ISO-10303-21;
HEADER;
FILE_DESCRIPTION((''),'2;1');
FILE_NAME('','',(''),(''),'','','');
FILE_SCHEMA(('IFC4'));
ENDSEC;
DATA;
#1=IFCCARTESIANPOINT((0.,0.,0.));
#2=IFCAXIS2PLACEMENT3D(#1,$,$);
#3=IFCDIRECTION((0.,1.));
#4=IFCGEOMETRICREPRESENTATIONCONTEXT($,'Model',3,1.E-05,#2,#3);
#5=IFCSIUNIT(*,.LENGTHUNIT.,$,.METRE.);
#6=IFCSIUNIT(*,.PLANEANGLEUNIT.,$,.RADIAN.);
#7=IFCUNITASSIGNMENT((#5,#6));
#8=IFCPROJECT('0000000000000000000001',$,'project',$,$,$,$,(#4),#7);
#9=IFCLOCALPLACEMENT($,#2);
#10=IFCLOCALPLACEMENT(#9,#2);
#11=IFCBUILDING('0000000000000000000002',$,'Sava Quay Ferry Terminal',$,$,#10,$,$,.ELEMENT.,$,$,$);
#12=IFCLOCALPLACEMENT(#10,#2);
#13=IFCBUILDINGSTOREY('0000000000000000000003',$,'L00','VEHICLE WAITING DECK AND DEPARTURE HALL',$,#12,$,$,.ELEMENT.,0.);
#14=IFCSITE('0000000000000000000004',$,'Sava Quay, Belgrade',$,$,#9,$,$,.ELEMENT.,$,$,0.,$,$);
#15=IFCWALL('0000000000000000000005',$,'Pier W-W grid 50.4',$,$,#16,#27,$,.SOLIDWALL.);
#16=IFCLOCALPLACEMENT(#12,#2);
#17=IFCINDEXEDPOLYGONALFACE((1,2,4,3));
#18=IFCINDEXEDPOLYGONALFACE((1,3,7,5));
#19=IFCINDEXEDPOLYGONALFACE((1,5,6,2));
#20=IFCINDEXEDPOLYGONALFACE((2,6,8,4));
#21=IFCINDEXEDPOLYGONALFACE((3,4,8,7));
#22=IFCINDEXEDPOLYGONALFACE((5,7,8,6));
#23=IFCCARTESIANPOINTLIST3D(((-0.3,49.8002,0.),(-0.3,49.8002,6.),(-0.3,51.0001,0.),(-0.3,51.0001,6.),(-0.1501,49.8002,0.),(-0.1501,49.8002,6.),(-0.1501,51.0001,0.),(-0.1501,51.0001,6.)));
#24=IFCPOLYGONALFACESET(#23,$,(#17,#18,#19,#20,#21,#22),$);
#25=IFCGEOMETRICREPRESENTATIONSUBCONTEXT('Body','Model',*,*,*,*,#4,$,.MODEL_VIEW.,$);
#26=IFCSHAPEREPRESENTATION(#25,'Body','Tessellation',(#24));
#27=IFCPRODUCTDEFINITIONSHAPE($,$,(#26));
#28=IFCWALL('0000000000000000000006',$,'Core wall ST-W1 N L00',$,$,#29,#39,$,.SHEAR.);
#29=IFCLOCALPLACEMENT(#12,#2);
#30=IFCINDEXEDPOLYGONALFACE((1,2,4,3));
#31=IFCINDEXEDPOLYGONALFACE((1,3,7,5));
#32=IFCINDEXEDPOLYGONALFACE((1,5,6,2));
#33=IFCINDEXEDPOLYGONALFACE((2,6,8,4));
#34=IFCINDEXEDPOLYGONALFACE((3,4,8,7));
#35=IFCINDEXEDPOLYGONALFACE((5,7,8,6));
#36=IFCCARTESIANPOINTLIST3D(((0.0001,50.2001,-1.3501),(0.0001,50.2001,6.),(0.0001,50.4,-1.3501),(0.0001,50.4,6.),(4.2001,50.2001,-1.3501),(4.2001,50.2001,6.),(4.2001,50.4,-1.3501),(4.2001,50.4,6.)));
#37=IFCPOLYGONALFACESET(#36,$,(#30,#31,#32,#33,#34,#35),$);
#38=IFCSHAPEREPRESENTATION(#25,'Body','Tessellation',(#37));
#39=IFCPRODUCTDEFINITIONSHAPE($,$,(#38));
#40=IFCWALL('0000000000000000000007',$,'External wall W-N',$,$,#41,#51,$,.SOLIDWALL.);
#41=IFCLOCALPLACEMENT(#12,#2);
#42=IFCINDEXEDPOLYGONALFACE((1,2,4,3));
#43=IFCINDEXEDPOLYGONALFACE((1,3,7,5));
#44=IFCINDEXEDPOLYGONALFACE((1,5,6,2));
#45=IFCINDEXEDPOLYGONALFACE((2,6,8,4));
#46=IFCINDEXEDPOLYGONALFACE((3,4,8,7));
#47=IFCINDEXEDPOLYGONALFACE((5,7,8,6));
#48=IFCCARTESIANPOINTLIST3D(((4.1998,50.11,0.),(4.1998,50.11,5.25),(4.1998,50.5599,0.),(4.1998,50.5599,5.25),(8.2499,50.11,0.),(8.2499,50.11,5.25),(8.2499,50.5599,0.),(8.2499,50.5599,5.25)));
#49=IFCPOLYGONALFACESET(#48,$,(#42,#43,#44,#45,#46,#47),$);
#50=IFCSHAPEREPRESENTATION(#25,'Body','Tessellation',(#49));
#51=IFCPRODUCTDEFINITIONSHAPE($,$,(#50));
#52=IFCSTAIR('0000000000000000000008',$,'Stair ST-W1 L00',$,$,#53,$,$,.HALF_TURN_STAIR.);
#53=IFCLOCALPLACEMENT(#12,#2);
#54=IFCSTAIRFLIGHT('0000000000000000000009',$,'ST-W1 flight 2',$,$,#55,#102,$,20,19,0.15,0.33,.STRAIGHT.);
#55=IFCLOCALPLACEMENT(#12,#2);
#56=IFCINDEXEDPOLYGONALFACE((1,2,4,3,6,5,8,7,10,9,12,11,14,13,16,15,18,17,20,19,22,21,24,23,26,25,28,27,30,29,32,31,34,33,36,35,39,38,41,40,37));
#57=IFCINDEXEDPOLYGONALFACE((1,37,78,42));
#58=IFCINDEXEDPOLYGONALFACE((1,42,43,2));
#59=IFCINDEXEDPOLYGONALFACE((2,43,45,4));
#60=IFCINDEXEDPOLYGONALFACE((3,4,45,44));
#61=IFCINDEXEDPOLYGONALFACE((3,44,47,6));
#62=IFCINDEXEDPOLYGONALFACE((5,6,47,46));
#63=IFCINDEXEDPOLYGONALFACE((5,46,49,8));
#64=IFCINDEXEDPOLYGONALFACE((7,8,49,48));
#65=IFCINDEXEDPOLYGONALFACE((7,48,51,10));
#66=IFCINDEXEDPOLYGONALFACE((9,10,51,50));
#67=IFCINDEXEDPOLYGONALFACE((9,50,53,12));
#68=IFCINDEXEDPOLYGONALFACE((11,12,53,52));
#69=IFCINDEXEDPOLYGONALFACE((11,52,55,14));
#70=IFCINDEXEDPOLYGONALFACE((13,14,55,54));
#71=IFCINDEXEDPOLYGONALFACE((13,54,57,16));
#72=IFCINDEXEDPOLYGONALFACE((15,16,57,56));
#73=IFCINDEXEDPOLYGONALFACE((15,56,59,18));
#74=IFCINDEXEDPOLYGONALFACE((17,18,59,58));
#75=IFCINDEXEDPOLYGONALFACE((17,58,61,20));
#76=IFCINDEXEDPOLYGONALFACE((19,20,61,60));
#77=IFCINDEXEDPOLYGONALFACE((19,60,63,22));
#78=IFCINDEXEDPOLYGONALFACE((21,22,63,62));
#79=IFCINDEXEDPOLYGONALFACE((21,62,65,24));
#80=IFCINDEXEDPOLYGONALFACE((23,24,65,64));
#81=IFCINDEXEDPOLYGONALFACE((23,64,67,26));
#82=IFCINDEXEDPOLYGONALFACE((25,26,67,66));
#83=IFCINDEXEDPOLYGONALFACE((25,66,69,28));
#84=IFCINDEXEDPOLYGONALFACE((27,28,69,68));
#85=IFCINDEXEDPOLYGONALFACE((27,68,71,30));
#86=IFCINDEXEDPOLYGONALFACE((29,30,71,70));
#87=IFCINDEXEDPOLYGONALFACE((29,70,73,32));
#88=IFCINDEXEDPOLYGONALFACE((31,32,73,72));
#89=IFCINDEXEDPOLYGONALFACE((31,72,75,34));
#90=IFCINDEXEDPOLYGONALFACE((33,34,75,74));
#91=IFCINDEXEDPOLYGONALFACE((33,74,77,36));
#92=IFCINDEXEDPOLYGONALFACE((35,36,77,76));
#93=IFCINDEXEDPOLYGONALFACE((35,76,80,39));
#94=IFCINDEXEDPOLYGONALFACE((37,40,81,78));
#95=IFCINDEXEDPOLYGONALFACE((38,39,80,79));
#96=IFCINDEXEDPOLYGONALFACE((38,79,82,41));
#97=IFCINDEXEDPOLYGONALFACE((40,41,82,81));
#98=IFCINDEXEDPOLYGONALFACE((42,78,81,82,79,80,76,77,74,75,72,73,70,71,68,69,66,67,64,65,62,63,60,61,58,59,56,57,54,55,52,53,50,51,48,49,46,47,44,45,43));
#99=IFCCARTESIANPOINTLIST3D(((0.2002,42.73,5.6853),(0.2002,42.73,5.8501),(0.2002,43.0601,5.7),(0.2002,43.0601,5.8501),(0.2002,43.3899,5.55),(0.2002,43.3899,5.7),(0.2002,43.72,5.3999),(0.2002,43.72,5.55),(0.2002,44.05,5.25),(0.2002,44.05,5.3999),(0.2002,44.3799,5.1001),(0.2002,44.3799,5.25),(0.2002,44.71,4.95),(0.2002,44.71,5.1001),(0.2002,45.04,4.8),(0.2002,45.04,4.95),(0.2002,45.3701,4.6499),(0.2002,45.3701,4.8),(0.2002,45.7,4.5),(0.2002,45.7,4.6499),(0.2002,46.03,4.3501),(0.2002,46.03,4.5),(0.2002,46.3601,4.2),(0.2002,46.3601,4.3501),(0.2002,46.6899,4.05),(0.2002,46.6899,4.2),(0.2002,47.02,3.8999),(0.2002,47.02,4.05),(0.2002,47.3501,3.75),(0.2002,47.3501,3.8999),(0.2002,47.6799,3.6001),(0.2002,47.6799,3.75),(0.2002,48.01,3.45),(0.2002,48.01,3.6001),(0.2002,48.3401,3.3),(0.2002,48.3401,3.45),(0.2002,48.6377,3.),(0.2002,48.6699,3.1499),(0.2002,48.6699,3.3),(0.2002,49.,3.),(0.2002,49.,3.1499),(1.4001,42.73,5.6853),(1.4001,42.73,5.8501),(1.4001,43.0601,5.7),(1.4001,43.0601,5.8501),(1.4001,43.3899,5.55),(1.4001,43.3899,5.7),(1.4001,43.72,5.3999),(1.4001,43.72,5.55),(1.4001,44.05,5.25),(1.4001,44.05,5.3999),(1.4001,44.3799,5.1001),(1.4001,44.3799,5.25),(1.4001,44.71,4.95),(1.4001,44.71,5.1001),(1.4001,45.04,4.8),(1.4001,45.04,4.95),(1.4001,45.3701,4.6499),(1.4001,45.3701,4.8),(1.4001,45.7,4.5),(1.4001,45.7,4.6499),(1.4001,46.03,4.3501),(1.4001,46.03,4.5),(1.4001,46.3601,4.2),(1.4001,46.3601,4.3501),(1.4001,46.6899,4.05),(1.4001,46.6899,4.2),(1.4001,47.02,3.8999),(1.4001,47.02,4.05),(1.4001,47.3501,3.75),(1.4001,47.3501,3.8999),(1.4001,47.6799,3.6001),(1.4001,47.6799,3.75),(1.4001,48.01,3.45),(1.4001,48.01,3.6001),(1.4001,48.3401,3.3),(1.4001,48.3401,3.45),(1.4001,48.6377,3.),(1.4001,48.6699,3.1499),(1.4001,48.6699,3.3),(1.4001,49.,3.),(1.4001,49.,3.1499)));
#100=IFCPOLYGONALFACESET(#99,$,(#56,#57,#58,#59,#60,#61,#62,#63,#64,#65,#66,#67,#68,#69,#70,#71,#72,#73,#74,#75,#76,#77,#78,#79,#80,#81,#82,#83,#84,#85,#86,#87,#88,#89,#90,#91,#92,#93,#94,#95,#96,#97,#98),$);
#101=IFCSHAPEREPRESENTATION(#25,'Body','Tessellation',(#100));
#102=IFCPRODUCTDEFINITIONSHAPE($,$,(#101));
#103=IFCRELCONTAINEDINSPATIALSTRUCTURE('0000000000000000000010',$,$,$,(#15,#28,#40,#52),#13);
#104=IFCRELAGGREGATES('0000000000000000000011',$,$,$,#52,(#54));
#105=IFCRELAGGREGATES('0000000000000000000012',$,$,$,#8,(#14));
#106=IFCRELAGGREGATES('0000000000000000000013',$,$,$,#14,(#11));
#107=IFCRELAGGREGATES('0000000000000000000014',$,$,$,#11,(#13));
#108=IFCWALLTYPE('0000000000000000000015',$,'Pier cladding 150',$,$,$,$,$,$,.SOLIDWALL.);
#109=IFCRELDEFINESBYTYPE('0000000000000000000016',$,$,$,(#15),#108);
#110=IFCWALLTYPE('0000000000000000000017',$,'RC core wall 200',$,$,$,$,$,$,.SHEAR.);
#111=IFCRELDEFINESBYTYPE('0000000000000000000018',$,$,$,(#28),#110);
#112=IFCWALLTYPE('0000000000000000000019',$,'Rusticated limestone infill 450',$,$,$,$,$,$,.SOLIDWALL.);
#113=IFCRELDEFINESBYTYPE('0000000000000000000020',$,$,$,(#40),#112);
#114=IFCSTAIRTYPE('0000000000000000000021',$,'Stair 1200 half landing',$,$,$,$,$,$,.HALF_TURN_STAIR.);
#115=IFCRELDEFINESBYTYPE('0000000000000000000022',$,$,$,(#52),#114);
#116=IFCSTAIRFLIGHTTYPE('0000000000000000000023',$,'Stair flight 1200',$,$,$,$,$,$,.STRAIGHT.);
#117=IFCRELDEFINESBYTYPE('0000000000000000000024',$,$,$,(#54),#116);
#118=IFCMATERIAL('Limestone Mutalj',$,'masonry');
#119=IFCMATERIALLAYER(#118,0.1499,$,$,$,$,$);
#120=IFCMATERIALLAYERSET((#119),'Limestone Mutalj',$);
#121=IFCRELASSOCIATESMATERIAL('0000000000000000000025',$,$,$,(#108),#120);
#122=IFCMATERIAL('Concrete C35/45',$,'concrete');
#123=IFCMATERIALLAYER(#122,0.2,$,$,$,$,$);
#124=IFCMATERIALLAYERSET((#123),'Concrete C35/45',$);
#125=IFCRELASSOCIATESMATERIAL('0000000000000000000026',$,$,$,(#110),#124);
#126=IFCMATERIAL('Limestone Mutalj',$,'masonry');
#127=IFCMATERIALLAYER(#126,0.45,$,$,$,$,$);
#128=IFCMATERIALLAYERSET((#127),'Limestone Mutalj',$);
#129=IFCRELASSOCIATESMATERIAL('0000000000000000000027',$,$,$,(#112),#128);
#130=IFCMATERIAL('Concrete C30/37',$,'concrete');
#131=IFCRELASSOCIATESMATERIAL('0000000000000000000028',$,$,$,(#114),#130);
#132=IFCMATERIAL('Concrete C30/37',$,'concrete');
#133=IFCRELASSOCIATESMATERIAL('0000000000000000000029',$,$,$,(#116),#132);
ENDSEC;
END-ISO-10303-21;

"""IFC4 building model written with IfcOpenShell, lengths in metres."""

from ifc_helpers import new_model, si_unit, direction, frame, frame_2d, origin, place, context, subcontext, project, spatial, polyline, rectangle, outline, extrude, material, layer, layer_set, type_object, element, aggregate, save


model = new_model("IFC4")

# Units and contexts
model_context = context("Model", 3, precision=1e-05, world=origin(), true_north=direction((0.0, 1.0)))
body_context = subcontext(model_context, "Body", "Model", "MODEL_VIEW")
ifc_project = project(units=[si_unit("LENGTHUNIT", "METRE"), si_unit("PLANEANGLEUNIT", "RADIAN")], contexts=[model_context])

# Site, building, storey
site_placement = place(None, origin())
site = spatial("IfcSite", under=ifc_project, at=site_placement, Name="Sava Quay, Belgrade", CompositionType="ELEMENT", RefElevation=0.0)
building_placement = place(site_placement, origin())
building = spatial("IfcBuilding", under=site, at=building_placement, Name="Sava Quay Ferry Terminal", CompositionType="ELEMENT")
storey_placement = place(building_placement, origin())
storey = spatial("IfcBuildingStorey", under=building, at=storey_placement, Name="L00", Description="VEHICLE WAITING DECK AND DEPARTURE HALL", CompositionType="ELEMENT", Elevation=0.0)

# Walls
ifc_material_1 = material(Name="Limestone Mutalj", Category="masonry")
ifc_layer_1 = layer(ifc_material_1, 0.1499)
ifc_layer_set_1 = layer_set([ifc_layer_1], Name="Limestone Mutalj")
wall_type_1 = type_object("IfcWallType", Name="Pier cladding 150", PredefinedType="SOLIDWALL", material=ifc_layer_set_1)
wall_1_placement = place(storey_placement, frame((-0.2251, 49.8, 0.0), z_axis=(0.0, 0.0, 1.0), x_axis=(0.0, 1.0, 0.0)))
element("IfcWall", 1, at=wall_1_placement, inside=storey, type_object=wall_type_1, Name="Pier W-W grid 50.4", PredefinedType="SOLIDWALL", context=body_context, shape_type="SweptSolid", body=[
    extrude(rectangle(XDim=1.2, YDim=0.1499, at=frame_2d((0.6001, 0.0))), origin(), (0.0, 0.0, 1.0), 6.0),
])
ifc_material_2 = material(Name="Concrete C35/45", Category="concrete")
ifc_layer_2 = layer(ifc_material_2, 0.2)
ifc_layer_set_2 = layer_set([ifc_layer_2], Name="Concrete C35/45")
wall_type_2 = type_object("IfcWallType", Name="RC core wall 200", PredefinedType="SHEAR", material=ifc_layer_set_2)
wall_2_placement = place(storey_placement, frame((0.0, 50.3, -1.3501), z_axis=(0.0, 0.0, 1.0), x_axis=(1.0, 0.0, 0.0)))
element("IfcWall", 2, at=wall_2_placement, inside=storey, type_object=wall_type_2, Name="Core wall ST-W1 N L00", PredefinedType="SHEAR", context=body_context, shape_type="SweptSolid", body=[
    extrude(rectangle(XDim=4.2, YDim=0.2, at=frame_2d((2.1001, 0.0))), origin(), (0.0, 0.0, 1.0), 7.3501),
])
ifc_material_3 = material(Name="Limestone Mutalj", Category="masonry")
ifc_layer_3 = layer(ifc_material_3, 0.45)
ifc_layer_set_3 = layer_set([ifc_layer_3], Name="Limestone Mutalj")
wall_type_3 = type_object("IfcWallType", Name="Rusticated limestone infill 450", PredefinedType="SOLIDWALL", material=ifc_layer_set_3)
wall_3_placement = place(storey_placement, frame((4.2, 50.335, 0.0), z_axis=(0.0, 0.0, 1.0), x_axis=(1.0, 0.0, 0.0)))
element("IfcWall", 3, at=wall_3_placement, inside=storey, type_object=wall_type_3, Name="External wall W-N", PredefinedType="SOLIDWALL", context=body_context, shape_type="SweptSolid", body=[
    extrude(rectangle(XDim=4.05, YDim=0.45, at=frame_2d((2.0249, 0.0))), origin(), (0.0, 0.0, 1.0), 5.25),
])

# Stair, stair flight
ifc_material_4 = material(Name="Concrete C30/37", Category="concrete")
stair_type = type_object("IfcStairType", Name="Stair 1200 half landing", PredefinedType="HALF_TURN_STAIR", material=ifc_material_4)
stair_placement = place(storey_placement, origin())
stair = element("IfcStair", 4, at=stair_placement, inside=storey, type_object=stair_type, Name="Stair ST-W1 L00", PredefinedType="HALF_TURN_STAIR")
ifc_material_5 = material(Name="Concrete C30/37", Category="concrete")
stair_flight_type = type_object("IfcStairFlightType", Name="Stair flight 1200", PredefinedType="STRAIGHT", material=ifc_material_5)
stair_flight_placement = place(storey_placement, frame((0.8, 49.0, 3.0), z_axis=(0.0, 0.0, 1.0), x_axis=(0.0, -1.0, 0.0)))
stair_flight = element("IfcStairFlight", 5, at=stair_flight_placement, type_object=stair_flight_type, Name="ST-W1 flight 2", NumberOfRisers=20, NumberOfTreads=19, PredefinedType="STRAIGHT", RiserHeight=0.15, TreadLength=0.33, context=body_context, shape_type="SweptSolid", body=[
    extrude(outline(polyline([(0.0, 0.0), (0.0, 0.1499), (0.3301, 0.1499), (0.3301, 0.3), (0.6599, 0.3), (0.6599, 0.45), (0.99, 0.45), (0.99, 0.6001), (1.3201, 0.6001), (1.3201, 0.75), (1.6499, 0.75), (1.6499, 0.8999), (1.98, 0.8999), (1.98, 1.05), (2.3101, 1.05), (2.3101, 1.2), (2.6399, 1.2), (2.6399, 1.3501), (2.97, 1.3501), (2.97, 1.5), (3.3, 1.5), (3.3, 1.6499), (3.6299, 1.6499), (3.6299, 1.8), (3.96, 1.8), (3.96, 1.95), (4.29, 1.95), (4.29, 2.1001), (4.6201, 2.1001), (4.6201, 2.25), (4.95, 2.25), (4.95, 2.3999), (5.28, 2.3999), (5.28, 2.55), (5.6101, 2.55), (5.6101, 2.7), (5.9399, 2.7), (5.9399, 2.8501), (6.27, 2.8501), (6.27, 3.0), (6.27, 2.6853), (0.3623, 0.0), (0.0, 0.0)])), frame((0.0, 0.6001, 0.0), z_axis=(0.0, -1.0, 0.0), x_axis=(1.0, 0.0, 0.0)), (0.0, 0.0, 1.0), 1.2),
])
aggregate(stair, [stair_flight])

save(model, "model.ifc")
